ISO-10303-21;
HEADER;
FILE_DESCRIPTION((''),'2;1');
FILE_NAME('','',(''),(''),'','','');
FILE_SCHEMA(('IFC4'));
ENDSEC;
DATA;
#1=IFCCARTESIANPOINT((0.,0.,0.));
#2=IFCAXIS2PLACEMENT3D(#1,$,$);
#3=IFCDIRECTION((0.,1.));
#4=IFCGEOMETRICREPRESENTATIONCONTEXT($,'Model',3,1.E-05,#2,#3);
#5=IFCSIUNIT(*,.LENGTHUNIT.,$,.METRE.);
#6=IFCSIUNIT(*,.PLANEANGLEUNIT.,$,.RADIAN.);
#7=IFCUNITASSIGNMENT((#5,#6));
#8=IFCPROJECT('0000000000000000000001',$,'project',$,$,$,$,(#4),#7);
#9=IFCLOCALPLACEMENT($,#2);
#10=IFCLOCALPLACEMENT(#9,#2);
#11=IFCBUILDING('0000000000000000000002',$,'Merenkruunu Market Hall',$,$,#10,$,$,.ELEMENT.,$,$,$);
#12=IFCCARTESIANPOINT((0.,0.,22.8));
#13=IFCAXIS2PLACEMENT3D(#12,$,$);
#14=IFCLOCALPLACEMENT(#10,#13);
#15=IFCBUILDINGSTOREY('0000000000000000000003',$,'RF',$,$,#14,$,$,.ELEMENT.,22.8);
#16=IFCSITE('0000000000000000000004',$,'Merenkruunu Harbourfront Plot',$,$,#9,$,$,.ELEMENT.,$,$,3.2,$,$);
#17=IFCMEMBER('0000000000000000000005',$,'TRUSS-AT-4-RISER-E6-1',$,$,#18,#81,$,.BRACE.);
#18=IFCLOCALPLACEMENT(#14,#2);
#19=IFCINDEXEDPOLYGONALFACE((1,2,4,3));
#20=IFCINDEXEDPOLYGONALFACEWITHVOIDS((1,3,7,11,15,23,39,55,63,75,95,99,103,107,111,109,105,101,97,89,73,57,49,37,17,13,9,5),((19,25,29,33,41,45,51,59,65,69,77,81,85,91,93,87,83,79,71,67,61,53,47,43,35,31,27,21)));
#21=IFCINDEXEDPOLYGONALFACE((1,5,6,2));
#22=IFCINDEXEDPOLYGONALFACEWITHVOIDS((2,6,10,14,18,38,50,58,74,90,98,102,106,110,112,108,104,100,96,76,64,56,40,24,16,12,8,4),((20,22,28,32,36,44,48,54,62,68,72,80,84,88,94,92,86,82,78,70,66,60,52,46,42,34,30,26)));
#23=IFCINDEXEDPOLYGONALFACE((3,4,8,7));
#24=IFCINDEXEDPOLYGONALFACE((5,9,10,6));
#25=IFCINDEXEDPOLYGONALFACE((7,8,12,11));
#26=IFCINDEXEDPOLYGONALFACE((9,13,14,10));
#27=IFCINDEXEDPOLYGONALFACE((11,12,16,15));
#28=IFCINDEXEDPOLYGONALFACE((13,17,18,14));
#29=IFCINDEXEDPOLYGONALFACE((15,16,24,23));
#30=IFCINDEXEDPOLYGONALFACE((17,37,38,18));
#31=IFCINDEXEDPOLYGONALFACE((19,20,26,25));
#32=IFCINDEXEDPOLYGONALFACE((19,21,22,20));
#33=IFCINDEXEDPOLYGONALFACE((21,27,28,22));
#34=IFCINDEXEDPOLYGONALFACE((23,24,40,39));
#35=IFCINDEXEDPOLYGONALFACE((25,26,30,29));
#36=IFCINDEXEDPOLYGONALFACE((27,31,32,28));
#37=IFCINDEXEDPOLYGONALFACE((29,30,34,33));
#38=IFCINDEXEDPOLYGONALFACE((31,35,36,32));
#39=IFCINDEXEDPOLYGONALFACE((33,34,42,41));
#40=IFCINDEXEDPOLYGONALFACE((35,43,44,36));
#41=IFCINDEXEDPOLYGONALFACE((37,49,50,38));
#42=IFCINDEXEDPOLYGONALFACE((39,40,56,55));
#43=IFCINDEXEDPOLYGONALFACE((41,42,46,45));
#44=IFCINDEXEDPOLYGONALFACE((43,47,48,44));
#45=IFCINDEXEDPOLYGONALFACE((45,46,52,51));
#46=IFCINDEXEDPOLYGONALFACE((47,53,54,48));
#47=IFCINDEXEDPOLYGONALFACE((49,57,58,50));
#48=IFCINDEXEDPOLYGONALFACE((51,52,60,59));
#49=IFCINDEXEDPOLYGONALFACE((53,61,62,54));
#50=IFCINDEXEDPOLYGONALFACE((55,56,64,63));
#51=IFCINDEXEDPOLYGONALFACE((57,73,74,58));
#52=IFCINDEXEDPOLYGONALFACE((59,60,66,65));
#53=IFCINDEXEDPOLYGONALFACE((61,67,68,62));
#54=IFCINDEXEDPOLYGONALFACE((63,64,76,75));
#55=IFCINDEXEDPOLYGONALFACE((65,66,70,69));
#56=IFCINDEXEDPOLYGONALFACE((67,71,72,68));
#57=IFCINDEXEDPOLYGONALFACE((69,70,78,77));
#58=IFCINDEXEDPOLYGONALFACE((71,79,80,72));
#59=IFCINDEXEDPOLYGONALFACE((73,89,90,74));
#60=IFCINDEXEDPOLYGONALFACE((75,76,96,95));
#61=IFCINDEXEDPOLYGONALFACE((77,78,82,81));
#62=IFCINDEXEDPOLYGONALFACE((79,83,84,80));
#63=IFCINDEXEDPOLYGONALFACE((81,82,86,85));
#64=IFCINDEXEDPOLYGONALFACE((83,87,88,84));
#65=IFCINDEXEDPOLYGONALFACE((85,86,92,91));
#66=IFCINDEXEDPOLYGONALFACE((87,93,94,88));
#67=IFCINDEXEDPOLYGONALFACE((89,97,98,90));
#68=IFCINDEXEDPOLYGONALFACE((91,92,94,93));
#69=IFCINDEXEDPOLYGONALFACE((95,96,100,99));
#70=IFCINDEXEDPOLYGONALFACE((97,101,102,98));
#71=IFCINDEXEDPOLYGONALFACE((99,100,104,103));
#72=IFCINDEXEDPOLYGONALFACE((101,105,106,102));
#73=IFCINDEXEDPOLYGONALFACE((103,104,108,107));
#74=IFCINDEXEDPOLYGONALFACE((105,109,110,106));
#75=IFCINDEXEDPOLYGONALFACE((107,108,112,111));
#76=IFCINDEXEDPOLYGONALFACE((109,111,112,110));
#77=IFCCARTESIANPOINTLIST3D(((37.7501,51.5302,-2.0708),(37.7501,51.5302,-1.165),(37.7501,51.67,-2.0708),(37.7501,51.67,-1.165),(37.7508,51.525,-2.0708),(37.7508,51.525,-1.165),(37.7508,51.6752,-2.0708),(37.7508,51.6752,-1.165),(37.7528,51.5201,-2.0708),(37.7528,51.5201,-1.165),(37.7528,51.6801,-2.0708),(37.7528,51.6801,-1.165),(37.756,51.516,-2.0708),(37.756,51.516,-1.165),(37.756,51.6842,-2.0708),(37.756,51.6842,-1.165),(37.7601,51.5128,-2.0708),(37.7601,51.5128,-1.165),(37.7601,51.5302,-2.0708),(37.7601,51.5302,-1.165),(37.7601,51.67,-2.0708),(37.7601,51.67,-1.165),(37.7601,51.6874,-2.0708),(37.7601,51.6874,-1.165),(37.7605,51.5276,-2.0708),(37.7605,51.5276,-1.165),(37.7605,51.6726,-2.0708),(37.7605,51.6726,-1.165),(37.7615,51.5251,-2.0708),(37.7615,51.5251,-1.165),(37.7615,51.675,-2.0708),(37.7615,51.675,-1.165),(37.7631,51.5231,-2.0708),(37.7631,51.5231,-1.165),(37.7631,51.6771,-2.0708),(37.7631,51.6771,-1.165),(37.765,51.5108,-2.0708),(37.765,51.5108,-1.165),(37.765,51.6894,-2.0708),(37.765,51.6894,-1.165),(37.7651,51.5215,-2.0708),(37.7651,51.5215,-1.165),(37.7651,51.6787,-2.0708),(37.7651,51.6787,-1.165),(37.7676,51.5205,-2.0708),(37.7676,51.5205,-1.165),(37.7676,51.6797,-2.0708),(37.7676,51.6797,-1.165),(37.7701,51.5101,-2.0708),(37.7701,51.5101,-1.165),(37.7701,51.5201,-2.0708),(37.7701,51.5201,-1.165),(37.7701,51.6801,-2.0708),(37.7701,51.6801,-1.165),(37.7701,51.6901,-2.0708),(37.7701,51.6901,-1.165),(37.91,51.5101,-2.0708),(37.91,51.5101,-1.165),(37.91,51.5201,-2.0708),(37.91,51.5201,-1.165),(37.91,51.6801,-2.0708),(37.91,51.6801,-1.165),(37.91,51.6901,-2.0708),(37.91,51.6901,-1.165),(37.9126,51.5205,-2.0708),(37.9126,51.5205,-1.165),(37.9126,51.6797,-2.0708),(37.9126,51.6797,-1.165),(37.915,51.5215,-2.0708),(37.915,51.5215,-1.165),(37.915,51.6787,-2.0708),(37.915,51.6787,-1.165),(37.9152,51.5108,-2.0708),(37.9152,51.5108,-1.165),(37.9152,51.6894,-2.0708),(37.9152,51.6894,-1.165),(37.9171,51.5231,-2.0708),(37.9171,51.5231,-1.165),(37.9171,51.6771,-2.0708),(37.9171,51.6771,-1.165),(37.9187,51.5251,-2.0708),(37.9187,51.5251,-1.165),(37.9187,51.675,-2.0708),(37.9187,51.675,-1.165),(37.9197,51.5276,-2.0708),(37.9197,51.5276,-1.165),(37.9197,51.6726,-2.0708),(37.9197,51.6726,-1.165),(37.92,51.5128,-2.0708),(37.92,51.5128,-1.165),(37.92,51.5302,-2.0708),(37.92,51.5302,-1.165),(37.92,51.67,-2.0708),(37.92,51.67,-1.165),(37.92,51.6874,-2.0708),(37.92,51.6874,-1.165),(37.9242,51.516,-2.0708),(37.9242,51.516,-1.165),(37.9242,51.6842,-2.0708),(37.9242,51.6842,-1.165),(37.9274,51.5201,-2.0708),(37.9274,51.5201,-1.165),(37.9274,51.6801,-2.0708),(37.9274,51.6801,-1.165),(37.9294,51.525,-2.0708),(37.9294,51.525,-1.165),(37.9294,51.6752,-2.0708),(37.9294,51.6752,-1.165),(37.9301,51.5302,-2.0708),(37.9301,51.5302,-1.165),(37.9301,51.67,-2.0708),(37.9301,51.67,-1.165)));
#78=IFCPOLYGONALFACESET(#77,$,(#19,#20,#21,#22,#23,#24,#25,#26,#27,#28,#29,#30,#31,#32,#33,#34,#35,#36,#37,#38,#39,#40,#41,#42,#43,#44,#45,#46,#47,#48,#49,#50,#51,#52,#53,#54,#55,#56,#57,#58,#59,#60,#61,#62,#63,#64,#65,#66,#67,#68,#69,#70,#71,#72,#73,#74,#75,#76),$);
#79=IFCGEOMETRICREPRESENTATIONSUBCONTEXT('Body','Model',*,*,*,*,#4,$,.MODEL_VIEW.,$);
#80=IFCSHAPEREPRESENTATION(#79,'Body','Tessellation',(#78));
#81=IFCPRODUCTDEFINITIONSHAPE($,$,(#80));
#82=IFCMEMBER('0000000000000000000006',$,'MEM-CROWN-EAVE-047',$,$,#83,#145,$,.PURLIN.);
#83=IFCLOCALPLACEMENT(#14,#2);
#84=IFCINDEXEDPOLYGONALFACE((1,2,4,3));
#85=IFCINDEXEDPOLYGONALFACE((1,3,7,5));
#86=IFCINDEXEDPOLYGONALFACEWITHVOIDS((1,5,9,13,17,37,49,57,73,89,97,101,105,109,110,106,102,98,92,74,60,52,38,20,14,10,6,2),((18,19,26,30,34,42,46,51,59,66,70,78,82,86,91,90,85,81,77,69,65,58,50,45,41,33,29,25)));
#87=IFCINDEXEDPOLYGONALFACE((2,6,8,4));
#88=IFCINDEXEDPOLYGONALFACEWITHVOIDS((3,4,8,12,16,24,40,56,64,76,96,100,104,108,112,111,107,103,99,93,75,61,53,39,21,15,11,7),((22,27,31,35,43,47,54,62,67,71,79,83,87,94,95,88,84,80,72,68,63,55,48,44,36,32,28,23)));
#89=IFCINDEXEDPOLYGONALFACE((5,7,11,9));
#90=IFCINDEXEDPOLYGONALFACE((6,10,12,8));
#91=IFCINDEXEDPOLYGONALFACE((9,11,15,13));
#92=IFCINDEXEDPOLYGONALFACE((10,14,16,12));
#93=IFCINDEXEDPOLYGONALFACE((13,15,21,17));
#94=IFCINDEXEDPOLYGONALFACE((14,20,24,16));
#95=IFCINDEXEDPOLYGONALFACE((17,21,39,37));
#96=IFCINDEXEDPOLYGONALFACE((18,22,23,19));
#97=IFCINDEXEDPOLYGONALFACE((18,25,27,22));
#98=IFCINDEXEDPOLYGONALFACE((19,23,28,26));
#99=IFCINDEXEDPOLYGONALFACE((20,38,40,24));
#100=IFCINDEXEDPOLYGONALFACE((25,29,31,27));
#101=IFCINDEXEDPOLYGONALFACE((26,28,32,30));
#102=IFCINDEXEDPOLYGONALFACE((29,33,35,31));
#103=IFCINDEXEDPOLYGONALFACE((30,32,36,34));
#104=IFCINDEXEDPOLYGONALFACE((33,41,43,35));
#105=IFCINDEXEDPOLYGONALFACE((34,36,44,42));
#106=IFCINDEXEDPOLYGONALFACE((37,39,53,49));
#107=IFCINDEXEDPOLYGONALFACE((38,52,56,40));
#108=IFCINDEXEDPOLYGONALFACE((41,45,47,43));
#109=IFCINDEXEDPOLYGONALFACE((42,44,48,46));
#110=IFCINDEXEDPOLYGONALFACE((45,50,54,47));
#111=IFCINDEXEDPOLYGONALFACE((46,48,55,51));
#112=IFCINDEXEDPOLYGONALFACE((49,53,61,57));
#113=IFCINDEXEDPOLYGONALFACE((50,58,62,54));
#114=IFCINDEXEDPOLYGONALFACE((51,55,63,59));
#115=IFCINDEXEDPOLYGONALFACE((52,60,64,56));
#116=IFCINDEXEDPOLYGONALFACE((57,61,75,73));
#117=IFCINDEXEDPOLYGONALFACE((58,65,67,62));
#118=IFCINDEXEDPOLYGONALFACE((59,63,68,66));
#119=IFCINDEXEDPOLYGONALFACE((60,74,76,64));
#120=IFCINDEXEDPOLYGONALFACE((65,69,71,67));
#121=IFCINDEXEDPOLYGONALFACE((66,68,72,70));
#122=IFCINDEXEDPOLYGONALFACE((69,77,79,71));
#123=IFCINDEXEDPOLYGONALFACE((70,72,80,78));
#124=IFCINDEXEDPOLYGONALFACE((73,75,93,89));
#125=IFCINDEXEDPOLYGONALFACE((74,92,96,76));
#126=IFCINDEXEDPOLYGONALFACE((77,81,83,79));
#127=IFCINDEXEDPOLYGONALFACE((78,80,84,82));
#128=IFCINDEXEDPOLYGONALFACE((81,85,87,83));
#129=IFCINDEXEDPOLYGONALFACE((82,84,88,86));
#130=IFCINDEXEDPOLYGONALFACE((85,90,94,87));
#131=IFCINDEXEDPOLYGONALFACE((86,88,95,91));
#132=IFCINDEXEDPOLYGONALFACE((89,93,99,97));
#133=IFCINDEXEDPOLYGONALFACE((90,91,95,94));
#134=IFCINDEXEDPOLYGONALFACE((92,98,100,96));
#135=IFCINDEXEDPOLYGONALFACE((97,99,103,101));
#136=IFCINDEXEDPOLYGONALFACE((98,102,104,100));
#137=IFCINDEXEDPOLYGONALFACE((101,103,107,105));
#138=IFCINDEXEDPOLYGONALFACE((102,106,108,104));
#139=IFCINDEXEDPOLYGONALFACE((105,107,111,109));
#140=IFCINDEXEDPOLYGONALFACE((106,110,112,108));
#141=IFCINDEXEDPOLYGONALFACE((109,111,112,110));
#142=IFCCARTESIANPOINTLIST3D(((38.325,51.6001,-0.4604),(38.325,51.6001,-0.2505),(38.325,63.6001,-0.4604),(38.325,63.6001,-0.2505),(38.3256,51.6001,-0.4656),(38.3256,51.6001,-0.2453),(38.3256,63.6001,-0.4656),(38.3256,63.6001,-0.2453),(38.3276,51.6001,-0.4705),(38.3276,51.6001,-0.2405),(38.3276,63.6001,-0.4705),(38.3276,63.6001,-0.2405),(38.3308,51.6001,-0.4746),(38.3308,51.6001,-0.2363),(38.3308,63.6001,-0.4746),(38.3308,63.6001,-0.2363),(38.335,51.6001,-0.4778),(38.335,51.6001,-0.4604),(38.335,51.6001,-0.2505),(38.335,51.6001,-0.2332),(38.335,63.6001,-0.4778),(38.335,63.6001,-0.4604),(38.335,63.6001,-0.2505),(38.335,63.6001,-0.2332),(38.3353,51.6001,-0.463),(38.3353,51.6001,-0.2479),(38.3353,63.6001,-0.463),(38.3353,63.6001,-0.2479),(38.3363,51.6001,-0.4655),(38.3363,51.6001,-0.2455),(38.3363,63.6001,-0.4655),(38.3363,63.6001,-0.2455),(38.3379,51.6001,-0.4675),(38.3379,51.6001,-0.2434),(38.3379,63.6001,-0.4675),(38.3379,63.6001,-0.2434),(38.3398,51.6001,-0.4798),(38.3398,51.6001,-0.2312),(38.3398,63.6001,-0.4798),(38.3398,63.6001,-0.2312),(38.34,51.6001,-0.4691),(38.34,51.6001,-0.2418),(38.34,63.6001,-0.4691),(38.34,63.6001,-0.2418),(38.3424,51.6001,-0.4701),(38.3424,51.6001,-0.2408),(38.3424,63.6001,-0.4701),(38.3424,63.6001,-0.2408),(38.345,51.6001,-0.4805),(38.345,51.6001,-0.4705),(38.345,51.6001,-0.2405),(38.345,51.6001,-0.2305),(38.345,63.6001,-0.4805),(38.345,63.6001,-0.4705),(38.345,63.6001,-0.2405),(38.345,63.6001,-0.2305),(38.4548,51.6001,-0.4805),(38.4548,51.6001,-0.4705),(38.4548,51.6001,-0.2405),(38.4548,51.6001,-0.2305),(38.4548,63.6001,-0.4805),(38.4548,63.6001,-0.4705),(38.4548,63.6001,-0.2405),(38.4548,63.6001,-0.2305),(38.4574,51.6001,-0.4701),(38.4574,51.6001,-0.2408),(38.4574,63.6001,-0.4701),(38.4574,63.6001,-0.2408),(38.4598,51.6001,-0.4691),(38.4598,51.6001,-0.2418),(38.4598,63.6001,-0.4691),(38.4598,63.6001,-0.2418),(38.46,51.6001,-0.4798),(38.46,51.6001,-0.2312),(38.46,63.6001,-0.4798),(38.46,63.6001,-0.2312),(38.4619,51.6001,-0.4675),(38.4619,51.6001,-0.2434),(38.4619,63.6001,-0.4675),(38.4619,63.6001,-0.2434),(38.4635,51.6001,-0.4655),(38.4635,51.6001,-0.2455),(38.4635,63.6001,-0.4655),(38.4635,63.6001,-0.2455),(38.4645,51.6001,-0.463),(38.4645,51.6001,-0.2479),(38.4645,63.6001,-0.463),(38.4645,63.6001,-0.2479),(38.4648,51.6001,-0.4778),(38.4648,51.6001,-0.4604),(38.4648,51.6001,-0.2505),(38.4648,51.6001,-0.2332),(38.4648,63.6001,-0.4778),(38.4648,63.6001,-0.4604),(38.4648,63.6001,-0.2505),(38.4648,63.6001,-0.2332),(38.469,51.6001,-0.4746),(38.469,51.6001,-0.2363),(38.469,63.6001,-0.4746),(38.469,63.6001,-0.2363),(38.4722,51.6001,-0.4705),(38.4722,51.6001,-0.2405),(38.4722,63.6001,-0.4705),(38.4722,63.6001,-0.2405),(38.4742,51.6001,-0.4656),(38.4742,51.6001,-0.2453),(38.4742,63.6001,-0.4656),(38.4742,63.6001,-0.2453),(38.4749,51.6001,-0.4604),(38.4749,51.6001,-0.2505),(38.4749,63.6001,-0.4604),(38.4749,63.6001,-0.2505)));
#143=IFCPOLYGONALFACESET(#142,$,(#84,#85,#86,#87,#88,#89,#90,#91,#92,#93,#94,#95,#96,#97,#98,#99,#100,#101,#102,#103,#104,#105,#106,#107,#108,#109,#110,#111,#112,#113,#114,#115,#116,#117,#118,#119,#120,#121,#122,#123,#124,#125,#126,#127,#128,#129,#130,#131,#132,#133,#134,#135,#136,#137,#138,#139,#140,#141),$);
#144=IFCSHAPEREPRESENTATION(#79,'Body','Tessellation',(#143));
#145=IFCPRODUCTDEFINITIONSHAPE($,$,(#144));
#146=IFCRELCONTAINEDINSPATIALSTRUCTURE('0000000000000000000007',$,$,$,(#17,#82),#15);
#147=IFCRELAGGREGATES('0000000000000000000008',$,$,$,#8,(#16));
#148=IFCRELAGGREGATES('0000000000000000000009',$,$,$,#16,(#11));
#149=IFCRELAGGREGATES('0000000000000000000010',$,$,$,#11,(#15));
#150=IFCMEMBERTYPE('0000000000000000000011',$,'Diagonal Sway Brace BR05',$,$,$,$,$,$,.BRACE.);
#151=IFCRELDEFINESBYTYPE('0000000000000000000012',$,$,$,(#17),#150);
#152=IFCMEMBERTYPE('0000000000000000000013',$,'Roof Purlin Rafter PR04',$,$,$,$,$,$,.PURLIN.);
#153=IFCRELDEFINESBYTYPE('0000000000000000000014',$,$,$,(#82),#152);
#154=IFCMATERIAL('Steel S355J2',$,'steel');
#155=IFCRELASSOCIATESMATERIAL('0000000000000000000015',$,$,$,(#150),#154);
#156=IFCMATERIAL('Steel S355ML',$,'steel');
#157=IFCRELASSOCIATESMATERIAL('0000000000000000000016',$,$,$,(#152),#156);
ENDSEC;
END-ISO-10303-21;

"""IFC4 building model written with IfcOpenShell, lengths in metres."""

from ifc_helpers import new_model, si_unit, direction, frame, origin, origin_2d, place, context, subcontext, project, spatial, hollow_rectangle, extrude, material, material_profile, profile_set, type_object, element, save


model = new_model("IFC4")

# Units and contexts
model_context = context("Model", 3, precision=1e-05, world=origin(), true_north=direction((0.0, 1.0)))
body_context = subcontext(model_context, "Body", "Model", "MODEL_VIEW")
ifc_project = project(units=[si_unit("LENGTHUNIT", "METRE"), si_unit("PLANEANGLEUNIT", "RADIAN")], contexts=[model_context])

# Site, building, storey
site_placement = place(None, origin())
site = spatial("IfcSite", under=ifc_project, at=site_placement, Name="Merenkruunu Harbourfront Plot", CompositionType="ELEMENT", RefElevation=3.2)
building_placement = place(site_placement, origin())
building = spatial("IfcBuilding", under=site, at=building_placement, Name="Merenkruunu Market Hall", CompositionType="ELEMENT")
storey_placement = place(building_placement, frame((0.0, 0.0, 22.8)))
storey = spatial("IfcBuildingStorey", under=building, at=storey_placement, Name="RF", CompositionType="ELEMENT", Elevation=22.8)

# Shared definitions
ifc_material_1 = material(Name="Steel S355ML", Category="steel")

# Members
ifc_material_2 = material(Name="Steel S355J2", Category="steel")
ifc_material_profile_1 = material_profile(ifc_material_2, hollow_rectangle(XDim=0.1799, YDim=0.1799, WallThickness=0.01, InnerFilletRadius=0.01, OuterFilletRadius=0.02, at=origin_2d()), Name="SHS 180x180x10")
ifc_profile_set_1 = profile_set([ifc_material_profile_1], Name="Steel S355J2")
member_type_1 = type_object("IfcMemberType", Name="Diagonal Sway Brace BR05", PredefinedType="BRACE", material=ifc_profile_set_1)
member_1_placement = place(storey_placement, frame((37.8401, 51.6001, -2.0708), z_axis=(0.0, 0.0, 1.0), x_axis=(1.0, 0.0, 0.0)))
element("IfcMember", 1, at=member_1_placement, inside=storey, type_object=member_type_1, Name="TRUSS-AT-4-RISER-E6-1", PredefinedType="BRACE", context=body_context, shape_type="SweptSolid", body=[
    extrude(hollow_rectangle(XDim=0.1799, YDim=0.1799, WallThickness=0.01, InnerFilletRadius=0.01, OuterFilletRadius=0.02, at=origin_2d()), origin(), (0.0, 0.0, 1.0), 0.9058),
])
ifc_material_profile_2 = material_profile(ifc_material_1, hollow_rectangle(XDim=0.1499, YDim=0.25, WallThickness=0.01, InnerFilletRadius=0.01, OuterFilletRadius=0.02, at=origin_2d()), Name="RHS 250x150x10")
ifc_profile_set_2 = profile_set([ifc_material_profile_2], Name="Steel S355ML")
member_type_2 = type_object("IfcMemberType", Name="Roof Purlin Rafter PR04", PredefinedType="PURLIN", material=ifc_profile_set_2)
member_2_placement = place(storey_placement, frame((38.3999, 51.6001, -0.3555), z_axis=(0.0, 1.0, 0.0), x_axis=(-1.0, 0.0, 0.0)))
element("IfcMember", 2, at=member_2_placement, inside=storey, type_object=member_type_2, Name="MEM-CROWN-EAVE-047", PredefinedType="PURLIN", context=body_context, shape_type="SweptSolid", body=[
    extrude(hollow_rectangle(XDim=0.1499, YDim=0.25, WallThickness=0.01, InnerFilletRadius=0.01, OuterFilletRadius=0.02, at=origin_2d()), origin(), (0.0, 0.0, 1.0), 12.0),
])

save(model, "model.ifc")
